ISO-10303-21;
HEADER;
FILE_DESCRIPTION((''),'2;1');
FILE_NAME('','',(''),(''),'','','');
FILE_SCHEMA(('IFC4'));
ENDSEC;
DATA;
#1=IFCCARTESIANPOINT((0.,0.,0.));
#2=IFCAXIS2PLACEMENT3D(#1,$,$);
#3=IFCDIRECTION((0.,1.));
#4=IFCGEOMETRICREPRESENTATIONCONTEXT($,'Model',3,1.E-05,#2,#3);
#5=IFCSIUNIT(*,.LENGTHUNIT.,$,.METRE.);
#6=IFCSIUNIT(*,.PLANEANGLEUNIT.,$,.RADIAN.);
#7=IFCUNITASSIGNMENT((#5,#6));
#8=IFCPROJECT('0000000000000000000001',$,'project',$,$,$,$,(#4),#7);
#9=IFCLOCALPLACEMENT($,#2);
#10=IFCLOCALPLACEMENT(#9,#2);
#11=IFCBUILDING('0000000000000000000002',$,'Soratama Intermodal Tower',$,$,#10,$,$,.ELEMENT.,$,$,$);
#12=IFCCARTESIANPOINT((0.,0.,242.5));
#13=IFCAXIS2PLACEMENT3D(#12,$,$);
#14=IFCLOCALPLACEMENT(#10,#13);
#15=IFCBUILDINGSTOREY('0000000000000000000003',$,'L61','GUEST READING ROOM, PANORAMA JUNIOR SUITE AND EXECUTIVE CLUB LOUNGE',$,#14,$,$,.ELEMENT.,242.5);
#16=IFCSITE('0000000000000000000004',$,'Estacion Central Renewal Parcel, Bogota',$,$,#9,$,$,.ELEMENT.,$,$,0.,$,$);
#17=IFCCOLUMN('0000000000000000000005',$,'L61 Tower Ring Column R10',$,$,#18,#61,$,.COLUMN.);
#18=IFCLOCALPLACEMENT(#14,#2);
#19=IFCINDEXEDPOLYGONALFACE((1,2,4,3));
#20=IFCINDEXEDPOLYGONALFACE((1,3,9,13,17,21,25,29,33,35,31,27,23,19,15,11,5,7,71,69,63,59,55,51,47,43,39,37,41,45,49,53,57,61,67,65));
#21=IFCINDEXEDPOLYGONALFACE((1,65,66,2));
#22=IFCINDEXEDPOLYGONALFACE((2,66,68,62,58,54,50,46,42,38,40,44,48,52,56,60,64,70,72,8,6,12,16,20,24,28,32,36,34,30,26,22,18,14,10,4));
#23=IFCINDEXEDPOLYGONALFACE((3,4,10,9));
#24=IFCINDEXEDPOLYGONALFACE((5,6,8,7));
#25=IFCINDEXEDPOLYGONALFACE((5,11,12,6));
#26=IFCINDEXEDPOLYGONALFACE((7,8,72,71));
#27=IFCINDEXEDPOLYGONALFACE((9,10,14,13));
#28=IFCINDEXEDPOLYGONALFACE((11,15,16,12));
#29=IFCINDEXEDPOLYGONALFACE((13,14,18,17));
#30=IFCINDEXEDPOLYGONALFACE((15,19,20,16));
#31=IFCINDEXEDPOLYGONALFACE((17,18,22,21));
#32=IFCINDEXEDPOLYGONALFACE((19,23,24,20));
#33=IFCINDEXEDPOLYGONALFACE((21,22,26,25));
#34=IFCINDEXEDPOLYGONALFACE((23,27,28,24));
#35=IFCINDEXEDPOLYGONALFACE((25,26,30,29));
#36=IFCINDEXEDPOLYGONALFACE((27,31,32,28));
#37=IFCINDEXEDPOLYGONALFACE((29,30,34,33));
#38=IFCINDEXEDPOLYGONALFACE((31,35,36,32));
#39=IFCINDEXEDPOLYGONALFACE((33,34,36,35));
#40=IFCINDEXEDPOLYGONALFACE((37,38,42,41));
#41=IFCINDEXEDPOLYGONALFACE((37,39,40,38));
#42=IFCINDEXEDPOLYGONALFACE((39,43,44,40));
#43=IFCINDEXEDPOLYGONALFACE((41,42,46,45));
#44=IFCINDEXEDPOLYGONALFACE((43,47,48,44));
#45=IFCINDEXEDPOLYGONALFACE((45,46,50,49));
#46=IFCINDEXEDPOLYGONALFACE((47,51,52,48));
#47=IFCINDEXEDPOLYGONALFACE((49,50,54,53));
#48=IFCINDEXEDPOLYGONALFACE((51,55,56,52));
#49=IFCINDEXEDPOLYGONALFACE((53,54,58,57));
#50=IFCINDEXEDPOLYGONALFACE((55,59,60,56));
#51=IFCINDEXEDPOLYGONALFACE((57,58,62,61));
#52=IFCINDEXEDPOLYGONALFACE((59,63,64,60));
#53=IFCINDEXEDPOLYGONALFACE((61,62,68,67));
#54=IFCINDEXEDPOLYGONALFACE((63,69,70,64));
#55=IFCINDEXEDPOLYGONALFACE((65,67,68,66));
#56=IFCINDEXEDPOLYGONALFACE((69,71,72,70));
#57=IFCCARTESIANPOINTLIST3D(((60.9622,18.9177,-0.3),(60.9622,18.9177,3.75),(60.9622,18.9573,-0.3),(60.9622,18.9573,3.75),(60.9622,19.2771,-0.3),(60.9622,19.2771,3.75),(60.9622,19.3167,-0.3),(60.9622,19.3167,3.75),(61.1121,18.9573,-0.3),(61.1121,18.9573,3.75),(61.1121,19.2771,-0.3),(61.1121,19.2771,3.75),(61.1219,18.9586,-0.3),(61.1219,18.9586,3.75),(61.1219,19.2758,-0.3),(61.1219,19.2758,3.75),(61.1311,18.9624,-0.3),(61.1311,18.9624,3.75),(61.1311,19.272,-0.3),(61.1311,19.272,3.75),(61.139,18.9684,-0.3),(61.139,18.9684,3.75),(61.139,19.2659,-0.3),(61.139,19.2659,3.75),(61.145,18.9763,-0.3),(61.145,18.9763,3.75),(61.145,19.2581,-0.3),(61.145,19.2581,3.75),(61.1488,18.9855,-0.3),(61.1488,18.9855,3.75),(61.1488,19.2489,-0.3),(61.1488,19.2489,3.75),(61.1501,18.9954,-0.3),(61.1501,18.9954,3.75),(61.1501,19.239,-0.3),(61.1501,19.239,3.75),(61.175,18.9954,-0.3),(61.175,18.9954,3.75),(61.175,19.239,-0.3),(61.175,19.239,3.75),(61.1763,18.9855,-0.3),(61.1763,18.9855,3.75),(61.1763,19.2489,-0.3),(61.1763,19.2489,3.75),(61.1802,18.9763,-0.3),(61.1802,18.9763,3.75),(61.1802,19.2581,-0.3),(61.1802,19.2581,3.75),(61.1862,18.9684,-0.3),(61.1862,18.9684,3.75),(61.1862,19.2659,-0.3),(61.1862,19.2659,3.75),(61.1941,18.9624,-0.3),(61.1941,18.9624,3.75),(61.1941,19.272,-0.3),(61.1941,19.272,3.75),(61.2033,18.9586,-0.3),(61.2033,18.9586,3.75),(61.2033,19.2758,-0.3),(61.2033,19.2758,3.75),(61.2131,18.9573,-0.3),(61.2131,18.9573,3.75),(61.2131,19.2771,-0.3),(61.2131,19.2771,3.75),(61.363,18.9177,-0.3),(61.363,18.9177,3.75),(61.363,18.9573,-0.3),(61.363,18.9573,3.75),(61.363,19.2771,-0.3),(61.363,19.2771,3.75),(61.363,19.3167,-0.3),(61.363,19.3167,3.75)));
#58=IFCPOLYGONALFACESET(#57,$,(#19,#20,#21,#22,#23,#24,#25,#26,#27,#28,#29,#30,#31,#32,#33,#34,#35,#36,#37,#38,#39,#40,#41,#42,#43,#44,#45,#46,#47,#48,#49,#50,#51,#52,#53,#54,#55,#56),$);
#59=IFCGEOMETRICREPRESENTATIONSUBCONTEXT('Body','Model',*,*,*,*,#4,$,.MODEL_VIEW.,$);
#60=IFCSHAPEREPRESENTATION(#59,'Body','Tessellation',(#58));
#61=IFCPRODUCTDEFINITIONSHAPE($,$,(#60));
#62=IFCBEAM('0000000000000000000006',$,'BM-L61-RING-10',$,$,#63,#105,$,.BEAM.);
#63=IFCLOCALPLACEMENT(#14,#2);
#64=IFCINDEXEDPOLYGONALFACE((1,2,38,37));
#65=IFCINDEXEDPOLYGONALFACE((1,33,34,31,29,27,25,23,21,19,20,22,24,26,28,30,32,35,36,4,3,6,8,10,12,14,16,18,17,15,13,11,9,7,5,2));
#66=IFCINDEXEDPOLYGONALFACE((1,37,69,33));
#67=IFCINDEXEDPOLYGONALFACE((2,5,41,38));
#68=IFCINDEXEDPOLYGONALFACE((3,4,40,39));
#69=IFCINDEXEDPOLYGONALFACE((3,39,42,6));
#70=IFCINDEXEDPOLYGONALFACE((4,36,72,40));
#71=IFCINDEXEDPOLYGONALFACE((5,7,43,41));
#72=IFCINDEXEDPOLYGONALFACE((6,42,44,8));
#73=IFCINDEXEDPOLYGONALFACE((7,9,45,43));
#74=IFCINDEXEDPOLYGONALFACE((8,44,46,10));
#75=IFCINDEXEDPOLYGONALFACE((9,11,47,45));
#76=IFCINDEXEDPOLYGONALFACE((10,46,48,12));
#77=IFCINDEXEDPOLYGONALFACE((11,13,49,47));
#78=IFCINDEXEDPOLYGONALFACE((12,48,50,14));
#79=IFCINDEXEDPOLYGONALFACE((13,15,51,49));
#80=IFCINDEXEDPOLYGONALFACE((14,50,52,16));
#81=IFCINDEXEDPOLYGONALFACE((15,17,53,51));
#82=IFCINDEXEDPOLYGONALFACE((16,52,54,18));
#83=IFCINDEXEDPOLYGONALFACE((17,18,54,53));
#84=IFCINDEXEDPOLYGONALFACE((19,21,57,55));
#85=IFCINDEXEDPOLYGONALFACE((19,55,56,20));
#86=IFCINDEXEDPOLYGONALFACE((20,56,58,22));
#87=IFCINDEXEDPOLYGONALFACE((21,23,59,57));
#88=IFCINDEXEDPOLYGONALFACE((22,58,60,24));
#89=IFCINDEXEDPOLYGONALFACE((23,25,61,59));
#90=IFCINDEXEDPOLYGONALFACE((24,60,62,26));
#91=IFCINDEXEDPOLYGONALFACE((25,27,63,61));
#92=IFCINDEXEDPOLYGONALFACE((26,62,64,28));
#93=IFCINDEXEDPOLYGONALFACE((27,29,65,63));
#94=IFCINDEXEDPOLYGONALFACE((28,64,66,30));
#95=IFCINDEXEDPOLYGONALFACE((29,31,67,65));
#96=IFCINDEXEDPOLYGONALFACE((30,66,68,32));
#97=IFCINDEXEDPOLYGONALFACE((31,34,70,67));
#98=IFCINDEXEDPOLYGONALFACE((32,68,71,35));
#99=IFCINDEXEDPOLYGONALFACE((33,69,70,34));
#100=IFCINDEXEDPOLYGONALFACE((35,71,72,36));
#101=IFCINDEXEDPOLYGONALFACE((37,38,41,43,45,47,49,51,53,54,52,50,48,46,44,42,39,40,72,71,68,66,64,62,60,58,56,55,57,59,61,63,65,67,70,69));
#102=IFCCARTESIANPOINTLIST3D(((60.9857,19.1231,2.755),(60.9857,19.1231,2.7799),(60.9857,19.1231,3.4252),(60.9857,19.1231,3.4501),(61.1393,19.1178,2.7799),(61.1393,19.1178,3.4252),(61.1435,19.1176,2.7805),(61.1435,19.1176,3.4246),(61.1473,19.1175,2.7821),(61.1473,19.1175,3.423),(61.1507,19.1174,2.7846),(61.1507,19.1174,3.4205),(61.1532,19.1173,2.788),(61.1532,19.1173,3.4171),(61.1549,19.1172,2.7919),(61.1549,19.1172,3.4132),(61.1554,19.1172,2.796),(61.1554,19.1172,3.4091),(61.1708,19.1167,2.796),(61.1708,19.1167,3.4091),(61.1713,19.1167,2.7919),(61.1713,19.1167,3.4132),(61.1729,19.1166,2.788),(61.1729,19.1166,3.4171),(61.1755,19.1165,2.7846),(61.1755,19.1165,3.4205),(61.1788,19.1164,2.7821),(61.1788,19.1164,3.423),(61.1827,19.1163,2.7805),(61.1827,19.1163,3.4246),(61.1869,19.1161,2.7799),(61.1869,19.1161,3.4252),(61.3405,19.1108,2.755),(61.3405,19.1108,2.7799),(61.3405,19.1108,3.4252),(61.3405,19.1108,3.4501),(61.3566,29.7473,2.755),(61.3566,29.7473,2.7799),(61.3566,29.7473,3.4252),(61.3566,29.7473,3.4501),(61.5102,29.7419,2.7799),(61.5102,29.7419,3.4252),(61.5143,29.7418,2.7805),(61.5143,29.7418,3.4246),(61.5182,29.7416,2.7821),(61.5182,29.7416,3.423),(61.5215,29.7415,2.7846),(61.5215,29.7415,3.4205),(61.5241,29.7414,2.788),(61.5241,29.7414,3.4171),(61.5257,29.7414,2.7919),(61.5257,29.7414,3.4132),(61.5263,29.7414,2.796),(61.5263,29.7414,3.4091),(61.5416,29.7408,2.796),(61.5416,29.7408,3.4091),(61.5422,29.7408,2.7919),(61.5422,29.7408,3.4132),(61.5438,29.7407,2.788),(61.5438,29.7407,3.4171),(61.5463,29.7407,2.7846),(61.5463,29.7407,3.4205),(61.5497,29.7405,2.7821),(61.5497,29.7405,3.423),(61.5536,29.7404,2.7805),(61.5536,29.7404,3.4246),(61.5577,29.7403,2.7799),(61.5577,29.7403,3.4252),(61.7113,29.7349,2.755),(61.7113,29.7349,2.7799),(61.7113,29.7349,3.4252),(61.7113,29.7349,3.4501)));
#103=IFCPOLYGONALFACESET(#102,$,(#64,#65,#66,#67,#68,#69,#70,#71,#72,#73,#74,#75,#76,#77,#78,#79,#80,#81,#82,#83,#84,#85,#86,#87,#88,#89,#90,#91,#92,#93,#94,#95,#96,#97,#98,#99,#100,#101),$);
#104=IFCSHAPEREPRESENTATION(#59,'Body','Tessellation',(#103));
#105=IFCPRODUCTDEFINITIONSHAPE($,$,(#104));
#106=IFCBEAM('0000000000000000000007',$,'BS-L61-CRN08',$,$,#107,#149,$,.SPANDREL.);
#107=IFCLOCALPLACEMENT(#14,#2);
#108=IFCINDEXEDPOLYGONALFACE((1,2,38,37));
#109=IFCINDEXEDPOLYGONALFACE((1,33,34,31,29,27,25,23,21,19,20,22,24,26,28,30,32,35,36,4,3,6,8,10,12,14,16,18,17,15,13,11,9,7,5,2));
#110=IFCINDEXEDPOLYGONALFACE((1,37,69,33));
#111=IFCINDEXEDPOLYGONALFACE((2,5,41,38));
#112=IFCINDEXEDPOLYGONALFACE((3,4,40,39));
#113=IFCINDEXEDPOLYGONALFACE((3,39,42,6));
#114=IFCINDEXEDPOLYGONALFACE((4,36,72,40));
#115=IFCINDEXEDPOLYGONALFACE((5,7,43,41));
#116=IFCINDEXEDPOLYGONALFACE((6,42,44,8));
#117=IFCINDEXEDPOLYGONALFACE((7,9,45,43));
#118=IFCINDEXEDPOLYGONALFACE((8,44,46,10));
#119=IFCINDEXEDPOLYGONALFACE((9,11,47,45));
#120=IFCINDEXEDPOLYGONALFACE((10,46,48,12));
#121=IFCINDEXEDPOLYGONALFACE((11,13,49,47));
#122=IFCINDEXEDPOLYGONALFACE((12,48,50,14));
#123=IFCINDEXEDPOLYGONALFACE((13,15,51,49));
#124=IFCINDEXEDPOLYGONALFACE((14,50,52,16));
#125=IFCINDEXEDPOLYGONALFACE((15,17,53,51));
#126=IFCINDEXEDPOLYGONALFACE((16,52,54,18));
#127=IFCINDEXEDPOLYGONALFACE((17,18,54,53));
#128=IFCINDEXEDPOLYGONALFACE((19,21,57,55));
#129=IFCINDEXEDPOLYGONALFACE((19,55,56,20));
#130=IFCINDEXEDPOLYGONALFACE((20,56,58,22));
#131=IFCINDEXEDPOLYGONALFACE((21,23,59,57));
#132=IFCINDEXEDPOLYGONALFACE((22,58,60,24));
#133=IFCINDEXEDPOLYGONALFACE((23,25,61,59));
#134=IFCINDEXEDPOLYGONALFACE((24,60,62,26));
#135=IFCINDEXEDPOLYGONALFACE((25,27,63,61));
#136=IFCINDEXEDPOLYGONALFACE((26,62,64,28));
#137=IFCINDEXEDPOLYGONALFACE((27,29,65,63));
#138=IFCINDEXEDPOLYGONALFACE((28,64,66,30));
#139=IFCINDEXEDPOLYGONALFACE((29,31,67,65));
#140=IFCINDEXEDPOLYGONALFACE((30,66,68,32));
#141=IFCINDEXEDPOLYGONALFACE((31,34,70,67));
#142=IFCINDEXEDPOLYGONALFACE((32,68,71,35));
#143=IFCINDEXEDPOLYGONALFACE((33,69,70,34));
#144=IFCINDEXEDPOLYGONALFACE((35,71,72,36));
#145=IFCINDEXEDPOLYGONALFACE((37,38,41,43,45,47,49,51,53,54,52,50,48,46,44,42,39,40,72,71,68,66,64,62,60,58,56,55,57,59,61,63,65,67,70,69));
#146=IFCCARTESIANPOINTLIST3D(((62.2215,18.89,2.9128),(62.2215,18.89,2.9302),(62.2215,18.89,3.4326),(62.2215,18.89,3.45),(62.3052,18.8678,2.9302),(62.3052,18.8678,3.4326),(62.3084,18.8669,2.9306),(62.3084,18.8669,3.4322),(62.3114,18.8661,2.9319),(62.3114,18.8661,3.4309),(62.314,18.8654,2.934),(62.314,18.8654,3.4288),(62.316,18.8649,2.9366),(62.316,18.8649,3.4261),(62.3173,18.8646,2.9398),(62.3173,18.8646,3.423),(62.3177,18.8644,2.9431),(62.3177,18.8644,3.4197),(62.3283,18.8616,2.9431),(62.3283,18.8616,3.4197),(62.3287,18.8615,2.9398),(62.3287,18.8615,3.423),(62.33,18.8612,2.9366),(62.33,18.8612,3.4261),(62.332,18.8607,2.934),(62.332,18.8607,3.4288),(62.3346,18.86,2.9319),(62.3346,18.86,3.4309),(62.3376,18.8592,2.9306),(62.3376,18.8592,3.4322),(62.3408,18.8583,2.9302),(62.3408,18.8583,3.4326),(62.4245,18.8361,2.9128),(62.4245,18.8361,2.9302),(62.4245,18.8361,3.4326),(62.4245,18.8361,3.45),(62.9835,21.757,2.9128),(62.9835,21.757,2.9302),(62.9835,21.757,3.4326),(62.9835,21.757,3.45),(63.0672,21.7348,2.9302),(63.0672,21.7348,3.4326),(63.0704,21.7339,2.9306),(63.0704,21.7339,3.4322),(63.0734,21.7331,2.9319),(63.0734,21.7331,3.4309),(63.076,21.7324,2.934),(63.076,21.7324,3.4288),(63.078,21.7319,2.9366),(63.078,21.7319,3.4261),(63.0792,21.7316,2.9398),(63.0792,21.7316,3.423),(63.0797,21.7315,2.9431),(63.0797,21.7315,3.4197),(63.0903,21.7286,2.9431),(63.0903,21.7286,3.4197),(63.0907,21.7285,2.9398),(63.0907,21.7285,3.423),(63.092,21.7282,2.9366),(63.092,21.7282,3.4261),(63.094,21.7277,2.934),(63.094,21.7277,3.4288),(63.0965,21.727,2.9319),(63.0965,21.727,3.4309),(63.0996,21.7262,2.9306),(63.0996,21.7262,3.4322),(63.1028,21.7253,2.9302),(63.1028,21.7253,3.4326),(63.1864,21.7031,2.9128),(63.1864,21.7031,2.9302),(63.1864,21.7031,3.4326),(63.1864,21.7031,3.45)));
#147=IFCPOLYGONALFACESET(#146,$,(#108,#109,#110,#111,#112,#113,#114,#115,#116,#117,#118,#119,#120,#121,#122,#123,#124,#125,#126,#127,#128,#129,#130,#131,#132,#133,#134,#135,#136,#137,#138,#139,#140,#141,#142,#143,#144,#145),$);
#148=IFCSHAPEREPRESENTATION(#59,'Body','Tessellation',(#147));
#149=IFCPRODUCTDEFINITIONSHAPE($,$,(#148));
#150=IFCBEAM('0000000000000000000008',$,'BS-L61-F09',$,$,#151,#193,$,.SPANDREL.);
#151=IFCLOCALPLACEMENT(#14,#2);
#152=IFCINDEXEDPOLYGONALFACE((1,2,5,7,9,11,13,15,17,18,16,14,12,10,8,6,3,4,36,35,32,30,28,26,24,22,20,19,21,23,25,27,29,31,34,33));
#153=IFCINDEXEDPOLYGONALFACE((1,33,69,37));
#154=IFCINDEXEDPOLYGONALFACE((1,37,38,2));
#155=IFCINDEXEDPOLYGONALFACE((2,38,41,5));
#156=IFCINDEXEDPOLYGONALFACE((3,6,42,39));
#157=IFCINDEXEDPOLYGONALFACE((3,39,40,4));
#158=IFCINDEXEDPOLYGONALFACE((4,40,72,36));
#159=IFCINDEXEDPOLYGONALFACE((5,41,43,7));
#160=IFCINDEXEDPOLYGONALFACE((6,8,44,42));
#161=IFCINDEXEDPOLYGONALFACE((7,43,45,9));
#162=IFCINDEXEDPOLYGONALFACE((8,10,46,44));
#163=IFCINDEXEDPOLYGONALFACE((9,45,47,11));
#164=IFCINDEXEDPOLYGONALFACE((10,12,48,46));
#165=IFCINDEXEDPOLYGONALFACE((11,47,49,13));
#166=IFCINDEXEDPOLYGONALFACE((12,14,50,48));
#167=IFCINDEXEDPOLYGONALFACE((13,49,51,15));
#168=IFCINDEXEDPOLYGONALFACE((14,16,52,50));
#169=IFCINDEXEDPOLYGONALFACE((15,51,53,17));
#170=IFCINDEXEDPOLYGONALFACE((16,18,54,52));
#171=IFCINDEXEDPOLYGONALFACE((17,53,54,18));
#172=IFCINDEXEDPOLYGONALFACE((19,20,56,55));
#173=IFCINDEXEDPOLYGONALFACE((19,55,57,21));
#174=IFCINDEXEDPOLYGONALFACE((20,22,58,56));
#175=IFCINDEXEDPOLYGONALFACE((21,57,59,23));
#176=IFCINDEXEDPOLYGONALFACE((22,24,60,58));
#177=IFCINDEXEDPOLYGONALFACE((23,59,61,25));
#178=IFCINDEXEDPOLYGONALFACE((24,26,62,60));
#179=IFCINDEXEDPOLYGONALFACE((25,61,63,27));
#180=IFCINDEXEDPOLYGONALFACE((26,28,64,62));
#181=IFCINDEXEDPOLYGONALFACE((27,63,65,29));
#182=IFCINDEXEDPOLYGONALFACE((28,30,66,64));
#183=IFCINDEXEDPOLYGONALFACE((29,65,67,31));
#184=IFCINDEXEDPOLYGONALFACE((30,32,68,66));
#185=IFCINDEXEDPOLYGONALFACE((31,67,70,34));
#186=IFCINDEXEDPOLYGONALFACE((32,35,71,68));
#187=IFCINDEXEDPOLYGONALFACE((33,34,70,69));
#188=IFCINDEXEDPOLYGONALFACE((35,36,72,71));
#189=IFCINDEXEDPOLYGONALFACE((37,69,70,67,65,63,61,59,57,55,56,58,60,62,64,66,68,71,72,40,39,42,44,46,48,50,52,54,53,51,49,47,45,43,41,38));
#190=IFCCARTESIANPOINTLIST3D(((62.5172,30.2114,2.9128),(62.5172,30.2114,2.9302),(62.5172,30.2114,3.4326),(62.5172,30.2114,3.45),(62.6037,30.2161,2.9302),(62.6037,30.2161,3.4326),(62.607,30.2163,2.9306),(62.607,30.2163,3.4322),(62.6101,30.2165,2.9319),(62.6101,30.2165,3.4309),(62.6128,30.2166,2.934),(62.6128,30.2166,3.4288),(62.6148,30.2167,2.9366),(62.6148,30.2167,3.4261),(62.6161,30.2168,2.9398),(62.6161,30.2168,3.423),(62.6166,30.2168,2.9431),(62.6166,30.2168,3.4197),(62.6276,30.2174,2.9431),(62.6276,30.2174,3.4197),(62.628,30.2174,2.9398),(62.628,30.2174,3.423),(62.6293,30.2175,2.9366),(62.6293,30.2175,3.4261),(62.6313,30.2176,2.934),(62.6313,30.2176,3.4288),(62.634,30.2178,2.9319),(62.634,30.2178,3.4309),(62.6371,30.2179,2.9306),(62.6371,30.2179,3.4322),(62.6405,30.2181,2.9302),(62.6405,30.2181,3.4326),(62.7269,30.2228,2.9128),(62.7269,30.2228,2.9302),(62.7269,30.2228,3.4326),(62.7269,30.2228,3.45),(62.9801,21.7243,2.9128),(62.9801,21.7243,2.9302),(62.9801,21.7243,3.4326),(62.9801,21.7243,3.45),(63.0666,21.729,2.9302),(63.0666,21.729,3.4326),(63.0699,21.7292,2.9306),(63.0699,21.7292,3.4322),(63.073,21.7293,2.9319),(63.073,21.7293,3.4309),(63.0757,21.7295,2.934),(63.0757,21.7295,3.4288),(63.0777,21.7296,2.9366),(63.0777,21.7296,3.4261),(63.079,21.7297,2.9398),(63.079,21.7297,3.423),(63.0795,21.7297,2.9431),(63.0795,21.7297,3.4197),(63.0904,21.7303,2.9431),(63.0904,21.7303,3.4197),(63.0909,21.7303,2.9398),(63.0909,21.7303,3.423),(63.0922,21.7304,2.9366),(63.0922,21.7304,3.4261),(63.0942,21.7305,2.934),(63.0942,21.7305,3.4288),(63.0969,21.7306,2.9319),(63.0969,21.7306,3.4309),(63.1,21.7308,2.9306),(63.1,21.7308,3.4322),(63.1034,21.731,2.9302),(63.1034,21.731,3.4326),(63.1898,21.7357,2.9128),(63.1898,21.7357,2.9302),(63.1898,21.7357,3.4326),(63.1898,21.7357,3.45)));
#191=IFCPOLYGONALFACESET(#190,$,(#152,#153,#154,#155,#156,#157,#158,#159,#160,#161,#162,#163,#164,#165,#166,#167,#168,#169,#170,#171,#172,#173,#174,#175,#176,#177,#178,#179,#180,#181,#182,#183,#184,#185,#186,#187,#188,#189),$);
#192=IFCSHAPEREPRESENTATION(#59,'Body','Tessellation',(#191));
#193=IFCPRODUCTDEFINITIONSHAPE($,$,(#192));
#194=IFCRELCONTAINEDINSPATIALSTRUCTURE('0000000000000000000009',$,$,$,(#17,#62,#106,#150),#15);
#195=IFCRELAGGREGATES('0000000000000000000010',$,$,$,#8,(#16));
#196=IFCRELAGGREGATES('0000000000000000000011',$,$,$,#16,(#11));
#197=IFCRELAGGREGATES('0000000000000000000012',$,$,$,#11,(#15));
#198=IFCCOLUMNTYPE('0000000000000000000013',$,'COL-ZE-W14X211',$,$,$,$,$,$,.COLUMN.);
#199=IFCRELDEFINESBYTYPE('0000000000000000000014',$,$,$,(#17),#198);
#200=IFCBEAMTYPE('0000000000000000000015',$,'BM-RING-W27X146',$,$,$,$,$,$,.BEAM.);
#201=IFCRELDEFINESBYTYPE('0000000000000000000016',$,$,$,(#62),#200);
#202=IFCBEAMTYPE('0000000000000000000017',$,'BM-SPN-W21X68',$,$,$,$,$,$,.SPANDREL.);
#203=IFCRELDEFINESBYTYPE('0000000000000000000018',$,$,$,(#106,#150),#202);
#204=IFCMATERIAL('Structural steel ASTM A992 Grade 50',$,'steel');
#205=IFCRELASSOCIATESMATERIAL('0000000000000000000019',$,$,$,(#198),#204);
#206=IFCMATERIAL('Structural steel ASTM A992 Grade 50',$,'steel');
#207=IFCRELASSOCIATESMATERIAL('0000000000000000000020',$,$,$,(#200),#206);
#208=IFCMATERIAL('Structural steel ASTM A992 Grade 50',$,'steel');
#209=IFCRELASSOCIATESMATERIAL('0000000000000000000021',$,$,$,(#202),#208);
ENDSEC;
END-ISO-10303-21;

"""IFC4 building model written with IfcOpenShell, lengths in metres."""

from ifc_helpers import new_model, si_unit, direction, frame, origin, origin_2d, place, context, subcontext, project, spatial, i_section, extrude, material, material_profile, profile_set, type_object, element, save


model = new_model("IFC4")

# Units and contexts
model_context = context("Model", 3, precision=1e-05, world=origin(), true_north=direction((0.0, 1.0)))
body_context = subcontext(model_context, "Body", "Model", "MODEL_VIEW")
ifc_project = project(units=[si_unit("LENGTHUNIT", "METRE"), si_unit("PLANEANGLEUNIT", "RADIAN")], contexts=[model_context])

# Site, building, storey
site_placement = place(None, origin())
site = spatial("IfcSite", under=ifc_project, at=site_placement, Name="Estacion Central Renewal Parcel, Bogota", CompositionType="ELEMENT", RefElevation=0.0)
building_placement = place(site_placement, origin())
building = spatial("IfcBuilding", under=site, at=building_placement, Name="Soratama Intermodal Tower", CompositionType="ELEMENT")
storey_placement = place(building_placement, frame((0.0, 0.0, 242.5)))
storey = spatial("IfcBuildingStorey", under=building, at=storey_placement, Name="L61", Description="GUEST READING ROOM, PANORAMA JUNIOR SUITE AND EXECUTIVE CLUB LOUNGE", CompositionType="ELEMENT", Elevation=242.5)

# Column
ifc_material_1 = material(Name="Structural steel ASTM A992 Grade 50", Category="steel")
ifc_material_profile_1 = material_profile(ifc_material_1, i_section(OverallWidth=0.4009, OverallDepth=0.3989, WebThickness=0.0249, FlangeThickness=0.0396, FilletRadius=0.0381, at=origin_2d()), Name="W14X211")
ifc_profile_set_1 = profile_set([ifc_material_profile_1], Name="Structural steel ASTM A992 Grade 50")
column_type = type_object("IfcColumnType", Name="COL-ZE-W14X211", PredefinedType="COLUMN", material=ifc_profile_set_1)
column_placement = place(storey_placement, frame((61.1626, 19.1172, -0.3), z_axis=(0.0, 0.0, 1.0), x_axis=(1.0, 0.0, 0.0)))
element("IfcColumn", 1, at=column_placement, inside=storey, type_object=column_type, Name="L61 Tower Ring Column R10", PredefinedType="COLUMN", context=body_context, shape_type="SweptSolid", body=[
    extrude(i_section(OverallWidth=0.4009, OverallDepth=0.3989, WebThickness=0.0249, FlangeThickness=0.0396, FilletRadius=0.0381, at=origin_2d()), origin(), (0.0, 0.0, 1.0), 4.05),
])

# Beams
ifc_material_2 = material(Name="Structural steel ASTM A992 Grade 50", Category="steel")
ifc_material_profile_2 = material_profile(ifc_material_2, i_section(OverallWidth=0.355, OverallDepth=0.6951, WebThickness=0.0154, FlangeThickness=0.0249, FilletRadius=0.0161, at=origin_2d()), Name="W27X146")
ifc_profile_set_2 = profile_set([ifc_material_profile_2], Name="Structural steel ASTM A992 Grade 50")
beam_type_1 = type_object("IfcBeamType", Name="BM-RING-W27X146", PredefinedType="BEAM", material=ifc_profile_set_2)
beam_1_placement = place(storey_placement, frame((61.1631, 19.1169, 3.1025), z_axis=(0.034885, 0.999391, 0.0), x_axis=(-0.999391, 0.034885, 0.0)))
element("IfcBeam", 2, at=beam_1_placement, inside=storey, type_object=beam_type_1, Name="BM-L61-RING-10", PredefinedType="BEAM", context=body_context, shape_type="SweptSolid", body=[
    extrude(i_section(OverallWidth=0.355, OverallDepth=0.6951, WebThickness=0.0154, FlangeThickness=0.0249, FilletRadius=0.0161, at=origin_2d()), origin(), (0.0, 0.0, 1.0), 10.6306),
])
ifc_material_3 = material(Name="Structural steel ASTM A992 Grade 50", Category="steel")
ifc_material_profile_3 = material_profile(ifc_material_3, i_section(OverallWidth=0.21, OverallDepth=0.5371, WebThickness=0.011, FlangeThickness=0.0173, FilletRadius=0.0129, at=origin_2d()), Name="W21X68")
ifc_profile_set_3 = profile_set([ifc_material_profile_3], Name="Structural steel ASTM A992 Grade 50")
beam_type_2 = type_object("IfcBeamType", Name="BM-SPN-W21X68", PredefinedType="SPANDREL", material=ifc_profile_set_3)
beam_2_placement = place(storey_placement, frame((62.323, 18.863, 3.1814), z_axis=(0.256858, 0.966449, 0.0), x_axis=(-0.966449, 0.256858, 0.0)))
element("IfcBeam", 3, at=beam_2_placement, inside=storey, type_object=beam_type_2, Name="BS-L61-CRN08", PredefinedType="SPANDREL", context=body_context, shape_type="SweptSolid", body=[
    extrude(i_section(OverallWidth=0.21, OverallDepth=0.5371, WebThickness=0.011, FlangeThickness=0.0173, FilletRadius=0.0129, at=origin_2d()), origin(), (0.0, 0.0, 1.0), 2.9666),
])
beam_3_placement = place(storey_placement, frame((63.085, 21.73, 3.1814), z_axis=(-0.05446, 0.998516, 0.0), x_axis=(-0.998516, -0.05446, 0.0)))
element("IfcBeam", 4, at=beam_3_placement, inside=storey, type_object=beam_type_2, Name="BS-L61-F09", PredefinedType="SPANDREL", context=body_context, shape_type="SweptSolid", body=[
    extrude(i_section(OverallWidth=0.21, OverallDepth=0.5371, WebThickness=0.011, FlangeThickness=0.0173, FilletRadius=0.0129, at=origin_2d()), origin(), (0.0, 0.0, 1.0), 8.4998),
])

save(model, "model.ifc")
